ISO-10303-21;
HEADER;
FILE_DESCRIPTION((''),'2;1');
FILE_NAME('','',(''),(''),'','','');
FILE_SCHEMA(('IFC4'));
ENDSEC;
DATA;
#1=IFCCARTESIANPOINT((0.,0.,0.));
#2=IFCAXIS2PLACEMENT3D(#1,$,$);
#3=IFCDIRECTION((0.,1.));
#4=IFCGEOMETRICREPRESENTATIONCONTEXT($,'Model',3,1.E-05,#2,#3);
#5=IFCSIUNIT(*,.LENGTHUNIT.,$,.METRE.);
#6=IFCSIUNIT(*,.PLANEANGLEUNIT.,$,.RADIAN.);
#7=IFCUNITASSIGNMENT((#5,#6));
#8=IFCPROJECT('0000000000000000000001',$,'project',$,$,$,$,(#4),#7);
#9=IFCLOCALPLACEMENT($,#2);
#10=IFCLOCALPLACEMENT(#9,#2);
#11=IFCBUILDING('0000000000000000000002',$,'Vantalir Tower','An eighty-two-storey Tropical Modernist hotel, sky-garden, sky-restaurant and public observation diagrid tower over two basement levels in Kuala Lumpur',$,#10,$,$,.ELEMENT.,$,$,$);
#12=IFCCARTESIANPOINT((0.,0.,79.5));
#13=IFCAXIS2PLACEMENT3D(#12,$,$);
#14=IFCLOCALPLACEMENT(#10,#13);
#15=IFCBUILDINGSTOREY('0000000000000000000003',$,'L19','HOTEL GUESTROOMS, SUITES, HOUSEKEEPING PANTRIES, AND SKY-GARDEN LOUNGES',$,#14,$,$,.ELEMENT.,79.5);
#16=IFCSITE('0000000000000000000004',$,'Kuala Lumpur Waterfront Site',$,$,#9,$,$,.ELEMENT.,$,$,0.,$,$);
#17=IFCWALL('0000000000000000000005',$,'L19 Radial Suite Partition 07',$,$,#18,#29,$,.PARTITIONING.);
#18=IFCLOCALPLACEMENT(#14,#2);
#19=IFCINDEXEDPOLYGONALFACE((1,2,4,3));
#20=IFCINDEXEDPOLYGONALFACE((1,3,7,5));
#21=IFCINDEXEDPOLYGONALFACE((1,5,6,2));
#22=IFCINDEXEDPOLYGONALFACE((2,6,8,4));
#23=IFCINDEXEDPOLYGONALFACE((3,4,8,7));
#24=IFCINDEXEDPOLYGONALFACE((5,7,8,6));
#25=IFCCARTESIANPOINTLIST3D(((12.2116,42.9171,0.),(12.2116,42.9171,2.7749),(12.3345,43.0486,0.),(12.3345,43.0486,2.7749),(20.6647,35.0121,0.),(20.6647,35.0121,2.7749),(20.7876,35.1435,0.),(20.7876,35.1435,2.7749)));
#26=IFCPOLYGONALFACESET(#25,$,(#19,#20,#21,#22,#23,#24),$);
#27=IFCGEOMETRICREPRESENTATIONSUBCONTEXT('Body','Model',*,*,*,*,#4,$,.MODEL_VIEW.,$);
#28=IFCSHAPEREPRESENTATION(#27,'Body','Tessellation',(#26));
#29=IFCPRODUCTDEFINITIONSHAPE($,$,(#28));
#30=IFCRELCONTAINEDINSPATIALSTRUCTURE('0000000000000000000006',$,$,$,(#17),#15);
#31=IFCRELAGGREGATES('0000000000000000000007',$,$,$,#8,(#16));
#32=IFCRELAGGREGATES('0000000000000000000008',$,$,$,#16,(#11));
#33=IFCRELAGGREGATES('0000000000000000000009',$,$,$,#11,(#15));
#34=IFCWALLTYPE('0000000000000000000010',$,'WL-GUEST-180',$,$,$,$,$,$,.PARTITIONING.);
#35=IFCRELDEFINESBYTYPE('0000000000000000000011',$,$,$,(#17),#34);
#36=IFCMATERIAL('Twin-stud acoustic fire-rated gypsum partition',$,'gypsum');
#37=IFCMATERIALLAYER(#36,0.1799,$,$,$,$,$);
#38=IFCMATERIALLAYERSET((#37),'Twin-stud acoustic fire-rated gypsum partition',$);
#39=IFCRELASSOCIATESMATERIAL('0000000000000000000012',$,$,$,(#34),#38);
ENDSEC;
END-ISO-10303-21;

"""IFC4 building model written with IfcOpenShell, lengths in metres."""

from ifc_helpers import new_model, si_unit, direction, frame, frame_2d, origin, place, context, subcontext, project, spatial, rectangle, extrude, material, layer, layer_set, type_object, element, save


model = new_model("IFC4")

# Units and contexts
model_context = context("Model", 3, precision=1e-05, world=origin(), true_north=direction((0.0, 1.0)))
body_context = subcontext(model_context, "Body", "Model", "MODEL_VIEW")
ifc_project = project(units=[si_unit("LENGTHUNIT", "METRE"), si_unit("PLANEANGLEUNIT", "RADIAN")], contexts=[model_context])

# Site, building, storey
site_placement = place(None, origin())
site = spatial("IfcSite", under=ifc_project, at=site_placement, Name="Kuala Lumpur Waterfront Site", CompositionType="ELEMENT", RefElevation=0.0)
building_placement = place(site_placement, origin())
building = spatial("IfcBuilding", under=site, at=building_placement, Name="Vantalir Tower", Description="An eighty-two-storey Tropical Modernist hotel, sky-garden, sky-restaurant and public observation diagrid tower over two basement levels in Kuala Lumpur", CompositionType="ELEMENT")
storey_placement = place(building_placement, frame((0.0, 0.0, 79.5)))
storey = spatial("IfcBuildingStorey", under=building, at=storey_placement, Name="L19", Description="HOTEL GUESTROOMS, SUITES, HOUSEKEEPING PANTRIES, AND SKY-GARDEN LOUNGES", CompositionType="ELEMENT", Elevation=79.5)

# Wall
ifc_material_1 = material(Name="Twin-stud acoustic fire-rated gypsum partition", Category="gypsum")
ifc_layer_1 = layer(ifc_material_1, 0.1799)
ifc_layer_set_1 = layer_set([ifc_layer_1], Name="Twin-stud acoustic fire-rated gypsum partition")
wall_type_1 = type_object("IfcWallType", Name="WL-GUEST-180", PredefinedType="PARTITIONING", material=ifc_layer_set_1)
wall_1_placement = place(storey_placement, frame((20.7261, 35.0779, 0.0), z_axis=(0.0, 0.0, 1.0), x_axis=(-0.730389, 0.683031, 0.0)))
element("IfcWall", 1, at=wall_1_placement, inside=storey, type_object=wall_type_1, Name="L19 Radial Suite Partition 07", PredefinedType="PARTITIONING", context=body_context, shape_type="SweptSolid", body=[
    extrude(rectangle(XDim=11.5735, YDim=0.1799, at=frame_2d((5.7866, 0.0))), origin(), (0.0, 0.0, 1.0), 2.7749),
])

save(model, "model.ifc")
